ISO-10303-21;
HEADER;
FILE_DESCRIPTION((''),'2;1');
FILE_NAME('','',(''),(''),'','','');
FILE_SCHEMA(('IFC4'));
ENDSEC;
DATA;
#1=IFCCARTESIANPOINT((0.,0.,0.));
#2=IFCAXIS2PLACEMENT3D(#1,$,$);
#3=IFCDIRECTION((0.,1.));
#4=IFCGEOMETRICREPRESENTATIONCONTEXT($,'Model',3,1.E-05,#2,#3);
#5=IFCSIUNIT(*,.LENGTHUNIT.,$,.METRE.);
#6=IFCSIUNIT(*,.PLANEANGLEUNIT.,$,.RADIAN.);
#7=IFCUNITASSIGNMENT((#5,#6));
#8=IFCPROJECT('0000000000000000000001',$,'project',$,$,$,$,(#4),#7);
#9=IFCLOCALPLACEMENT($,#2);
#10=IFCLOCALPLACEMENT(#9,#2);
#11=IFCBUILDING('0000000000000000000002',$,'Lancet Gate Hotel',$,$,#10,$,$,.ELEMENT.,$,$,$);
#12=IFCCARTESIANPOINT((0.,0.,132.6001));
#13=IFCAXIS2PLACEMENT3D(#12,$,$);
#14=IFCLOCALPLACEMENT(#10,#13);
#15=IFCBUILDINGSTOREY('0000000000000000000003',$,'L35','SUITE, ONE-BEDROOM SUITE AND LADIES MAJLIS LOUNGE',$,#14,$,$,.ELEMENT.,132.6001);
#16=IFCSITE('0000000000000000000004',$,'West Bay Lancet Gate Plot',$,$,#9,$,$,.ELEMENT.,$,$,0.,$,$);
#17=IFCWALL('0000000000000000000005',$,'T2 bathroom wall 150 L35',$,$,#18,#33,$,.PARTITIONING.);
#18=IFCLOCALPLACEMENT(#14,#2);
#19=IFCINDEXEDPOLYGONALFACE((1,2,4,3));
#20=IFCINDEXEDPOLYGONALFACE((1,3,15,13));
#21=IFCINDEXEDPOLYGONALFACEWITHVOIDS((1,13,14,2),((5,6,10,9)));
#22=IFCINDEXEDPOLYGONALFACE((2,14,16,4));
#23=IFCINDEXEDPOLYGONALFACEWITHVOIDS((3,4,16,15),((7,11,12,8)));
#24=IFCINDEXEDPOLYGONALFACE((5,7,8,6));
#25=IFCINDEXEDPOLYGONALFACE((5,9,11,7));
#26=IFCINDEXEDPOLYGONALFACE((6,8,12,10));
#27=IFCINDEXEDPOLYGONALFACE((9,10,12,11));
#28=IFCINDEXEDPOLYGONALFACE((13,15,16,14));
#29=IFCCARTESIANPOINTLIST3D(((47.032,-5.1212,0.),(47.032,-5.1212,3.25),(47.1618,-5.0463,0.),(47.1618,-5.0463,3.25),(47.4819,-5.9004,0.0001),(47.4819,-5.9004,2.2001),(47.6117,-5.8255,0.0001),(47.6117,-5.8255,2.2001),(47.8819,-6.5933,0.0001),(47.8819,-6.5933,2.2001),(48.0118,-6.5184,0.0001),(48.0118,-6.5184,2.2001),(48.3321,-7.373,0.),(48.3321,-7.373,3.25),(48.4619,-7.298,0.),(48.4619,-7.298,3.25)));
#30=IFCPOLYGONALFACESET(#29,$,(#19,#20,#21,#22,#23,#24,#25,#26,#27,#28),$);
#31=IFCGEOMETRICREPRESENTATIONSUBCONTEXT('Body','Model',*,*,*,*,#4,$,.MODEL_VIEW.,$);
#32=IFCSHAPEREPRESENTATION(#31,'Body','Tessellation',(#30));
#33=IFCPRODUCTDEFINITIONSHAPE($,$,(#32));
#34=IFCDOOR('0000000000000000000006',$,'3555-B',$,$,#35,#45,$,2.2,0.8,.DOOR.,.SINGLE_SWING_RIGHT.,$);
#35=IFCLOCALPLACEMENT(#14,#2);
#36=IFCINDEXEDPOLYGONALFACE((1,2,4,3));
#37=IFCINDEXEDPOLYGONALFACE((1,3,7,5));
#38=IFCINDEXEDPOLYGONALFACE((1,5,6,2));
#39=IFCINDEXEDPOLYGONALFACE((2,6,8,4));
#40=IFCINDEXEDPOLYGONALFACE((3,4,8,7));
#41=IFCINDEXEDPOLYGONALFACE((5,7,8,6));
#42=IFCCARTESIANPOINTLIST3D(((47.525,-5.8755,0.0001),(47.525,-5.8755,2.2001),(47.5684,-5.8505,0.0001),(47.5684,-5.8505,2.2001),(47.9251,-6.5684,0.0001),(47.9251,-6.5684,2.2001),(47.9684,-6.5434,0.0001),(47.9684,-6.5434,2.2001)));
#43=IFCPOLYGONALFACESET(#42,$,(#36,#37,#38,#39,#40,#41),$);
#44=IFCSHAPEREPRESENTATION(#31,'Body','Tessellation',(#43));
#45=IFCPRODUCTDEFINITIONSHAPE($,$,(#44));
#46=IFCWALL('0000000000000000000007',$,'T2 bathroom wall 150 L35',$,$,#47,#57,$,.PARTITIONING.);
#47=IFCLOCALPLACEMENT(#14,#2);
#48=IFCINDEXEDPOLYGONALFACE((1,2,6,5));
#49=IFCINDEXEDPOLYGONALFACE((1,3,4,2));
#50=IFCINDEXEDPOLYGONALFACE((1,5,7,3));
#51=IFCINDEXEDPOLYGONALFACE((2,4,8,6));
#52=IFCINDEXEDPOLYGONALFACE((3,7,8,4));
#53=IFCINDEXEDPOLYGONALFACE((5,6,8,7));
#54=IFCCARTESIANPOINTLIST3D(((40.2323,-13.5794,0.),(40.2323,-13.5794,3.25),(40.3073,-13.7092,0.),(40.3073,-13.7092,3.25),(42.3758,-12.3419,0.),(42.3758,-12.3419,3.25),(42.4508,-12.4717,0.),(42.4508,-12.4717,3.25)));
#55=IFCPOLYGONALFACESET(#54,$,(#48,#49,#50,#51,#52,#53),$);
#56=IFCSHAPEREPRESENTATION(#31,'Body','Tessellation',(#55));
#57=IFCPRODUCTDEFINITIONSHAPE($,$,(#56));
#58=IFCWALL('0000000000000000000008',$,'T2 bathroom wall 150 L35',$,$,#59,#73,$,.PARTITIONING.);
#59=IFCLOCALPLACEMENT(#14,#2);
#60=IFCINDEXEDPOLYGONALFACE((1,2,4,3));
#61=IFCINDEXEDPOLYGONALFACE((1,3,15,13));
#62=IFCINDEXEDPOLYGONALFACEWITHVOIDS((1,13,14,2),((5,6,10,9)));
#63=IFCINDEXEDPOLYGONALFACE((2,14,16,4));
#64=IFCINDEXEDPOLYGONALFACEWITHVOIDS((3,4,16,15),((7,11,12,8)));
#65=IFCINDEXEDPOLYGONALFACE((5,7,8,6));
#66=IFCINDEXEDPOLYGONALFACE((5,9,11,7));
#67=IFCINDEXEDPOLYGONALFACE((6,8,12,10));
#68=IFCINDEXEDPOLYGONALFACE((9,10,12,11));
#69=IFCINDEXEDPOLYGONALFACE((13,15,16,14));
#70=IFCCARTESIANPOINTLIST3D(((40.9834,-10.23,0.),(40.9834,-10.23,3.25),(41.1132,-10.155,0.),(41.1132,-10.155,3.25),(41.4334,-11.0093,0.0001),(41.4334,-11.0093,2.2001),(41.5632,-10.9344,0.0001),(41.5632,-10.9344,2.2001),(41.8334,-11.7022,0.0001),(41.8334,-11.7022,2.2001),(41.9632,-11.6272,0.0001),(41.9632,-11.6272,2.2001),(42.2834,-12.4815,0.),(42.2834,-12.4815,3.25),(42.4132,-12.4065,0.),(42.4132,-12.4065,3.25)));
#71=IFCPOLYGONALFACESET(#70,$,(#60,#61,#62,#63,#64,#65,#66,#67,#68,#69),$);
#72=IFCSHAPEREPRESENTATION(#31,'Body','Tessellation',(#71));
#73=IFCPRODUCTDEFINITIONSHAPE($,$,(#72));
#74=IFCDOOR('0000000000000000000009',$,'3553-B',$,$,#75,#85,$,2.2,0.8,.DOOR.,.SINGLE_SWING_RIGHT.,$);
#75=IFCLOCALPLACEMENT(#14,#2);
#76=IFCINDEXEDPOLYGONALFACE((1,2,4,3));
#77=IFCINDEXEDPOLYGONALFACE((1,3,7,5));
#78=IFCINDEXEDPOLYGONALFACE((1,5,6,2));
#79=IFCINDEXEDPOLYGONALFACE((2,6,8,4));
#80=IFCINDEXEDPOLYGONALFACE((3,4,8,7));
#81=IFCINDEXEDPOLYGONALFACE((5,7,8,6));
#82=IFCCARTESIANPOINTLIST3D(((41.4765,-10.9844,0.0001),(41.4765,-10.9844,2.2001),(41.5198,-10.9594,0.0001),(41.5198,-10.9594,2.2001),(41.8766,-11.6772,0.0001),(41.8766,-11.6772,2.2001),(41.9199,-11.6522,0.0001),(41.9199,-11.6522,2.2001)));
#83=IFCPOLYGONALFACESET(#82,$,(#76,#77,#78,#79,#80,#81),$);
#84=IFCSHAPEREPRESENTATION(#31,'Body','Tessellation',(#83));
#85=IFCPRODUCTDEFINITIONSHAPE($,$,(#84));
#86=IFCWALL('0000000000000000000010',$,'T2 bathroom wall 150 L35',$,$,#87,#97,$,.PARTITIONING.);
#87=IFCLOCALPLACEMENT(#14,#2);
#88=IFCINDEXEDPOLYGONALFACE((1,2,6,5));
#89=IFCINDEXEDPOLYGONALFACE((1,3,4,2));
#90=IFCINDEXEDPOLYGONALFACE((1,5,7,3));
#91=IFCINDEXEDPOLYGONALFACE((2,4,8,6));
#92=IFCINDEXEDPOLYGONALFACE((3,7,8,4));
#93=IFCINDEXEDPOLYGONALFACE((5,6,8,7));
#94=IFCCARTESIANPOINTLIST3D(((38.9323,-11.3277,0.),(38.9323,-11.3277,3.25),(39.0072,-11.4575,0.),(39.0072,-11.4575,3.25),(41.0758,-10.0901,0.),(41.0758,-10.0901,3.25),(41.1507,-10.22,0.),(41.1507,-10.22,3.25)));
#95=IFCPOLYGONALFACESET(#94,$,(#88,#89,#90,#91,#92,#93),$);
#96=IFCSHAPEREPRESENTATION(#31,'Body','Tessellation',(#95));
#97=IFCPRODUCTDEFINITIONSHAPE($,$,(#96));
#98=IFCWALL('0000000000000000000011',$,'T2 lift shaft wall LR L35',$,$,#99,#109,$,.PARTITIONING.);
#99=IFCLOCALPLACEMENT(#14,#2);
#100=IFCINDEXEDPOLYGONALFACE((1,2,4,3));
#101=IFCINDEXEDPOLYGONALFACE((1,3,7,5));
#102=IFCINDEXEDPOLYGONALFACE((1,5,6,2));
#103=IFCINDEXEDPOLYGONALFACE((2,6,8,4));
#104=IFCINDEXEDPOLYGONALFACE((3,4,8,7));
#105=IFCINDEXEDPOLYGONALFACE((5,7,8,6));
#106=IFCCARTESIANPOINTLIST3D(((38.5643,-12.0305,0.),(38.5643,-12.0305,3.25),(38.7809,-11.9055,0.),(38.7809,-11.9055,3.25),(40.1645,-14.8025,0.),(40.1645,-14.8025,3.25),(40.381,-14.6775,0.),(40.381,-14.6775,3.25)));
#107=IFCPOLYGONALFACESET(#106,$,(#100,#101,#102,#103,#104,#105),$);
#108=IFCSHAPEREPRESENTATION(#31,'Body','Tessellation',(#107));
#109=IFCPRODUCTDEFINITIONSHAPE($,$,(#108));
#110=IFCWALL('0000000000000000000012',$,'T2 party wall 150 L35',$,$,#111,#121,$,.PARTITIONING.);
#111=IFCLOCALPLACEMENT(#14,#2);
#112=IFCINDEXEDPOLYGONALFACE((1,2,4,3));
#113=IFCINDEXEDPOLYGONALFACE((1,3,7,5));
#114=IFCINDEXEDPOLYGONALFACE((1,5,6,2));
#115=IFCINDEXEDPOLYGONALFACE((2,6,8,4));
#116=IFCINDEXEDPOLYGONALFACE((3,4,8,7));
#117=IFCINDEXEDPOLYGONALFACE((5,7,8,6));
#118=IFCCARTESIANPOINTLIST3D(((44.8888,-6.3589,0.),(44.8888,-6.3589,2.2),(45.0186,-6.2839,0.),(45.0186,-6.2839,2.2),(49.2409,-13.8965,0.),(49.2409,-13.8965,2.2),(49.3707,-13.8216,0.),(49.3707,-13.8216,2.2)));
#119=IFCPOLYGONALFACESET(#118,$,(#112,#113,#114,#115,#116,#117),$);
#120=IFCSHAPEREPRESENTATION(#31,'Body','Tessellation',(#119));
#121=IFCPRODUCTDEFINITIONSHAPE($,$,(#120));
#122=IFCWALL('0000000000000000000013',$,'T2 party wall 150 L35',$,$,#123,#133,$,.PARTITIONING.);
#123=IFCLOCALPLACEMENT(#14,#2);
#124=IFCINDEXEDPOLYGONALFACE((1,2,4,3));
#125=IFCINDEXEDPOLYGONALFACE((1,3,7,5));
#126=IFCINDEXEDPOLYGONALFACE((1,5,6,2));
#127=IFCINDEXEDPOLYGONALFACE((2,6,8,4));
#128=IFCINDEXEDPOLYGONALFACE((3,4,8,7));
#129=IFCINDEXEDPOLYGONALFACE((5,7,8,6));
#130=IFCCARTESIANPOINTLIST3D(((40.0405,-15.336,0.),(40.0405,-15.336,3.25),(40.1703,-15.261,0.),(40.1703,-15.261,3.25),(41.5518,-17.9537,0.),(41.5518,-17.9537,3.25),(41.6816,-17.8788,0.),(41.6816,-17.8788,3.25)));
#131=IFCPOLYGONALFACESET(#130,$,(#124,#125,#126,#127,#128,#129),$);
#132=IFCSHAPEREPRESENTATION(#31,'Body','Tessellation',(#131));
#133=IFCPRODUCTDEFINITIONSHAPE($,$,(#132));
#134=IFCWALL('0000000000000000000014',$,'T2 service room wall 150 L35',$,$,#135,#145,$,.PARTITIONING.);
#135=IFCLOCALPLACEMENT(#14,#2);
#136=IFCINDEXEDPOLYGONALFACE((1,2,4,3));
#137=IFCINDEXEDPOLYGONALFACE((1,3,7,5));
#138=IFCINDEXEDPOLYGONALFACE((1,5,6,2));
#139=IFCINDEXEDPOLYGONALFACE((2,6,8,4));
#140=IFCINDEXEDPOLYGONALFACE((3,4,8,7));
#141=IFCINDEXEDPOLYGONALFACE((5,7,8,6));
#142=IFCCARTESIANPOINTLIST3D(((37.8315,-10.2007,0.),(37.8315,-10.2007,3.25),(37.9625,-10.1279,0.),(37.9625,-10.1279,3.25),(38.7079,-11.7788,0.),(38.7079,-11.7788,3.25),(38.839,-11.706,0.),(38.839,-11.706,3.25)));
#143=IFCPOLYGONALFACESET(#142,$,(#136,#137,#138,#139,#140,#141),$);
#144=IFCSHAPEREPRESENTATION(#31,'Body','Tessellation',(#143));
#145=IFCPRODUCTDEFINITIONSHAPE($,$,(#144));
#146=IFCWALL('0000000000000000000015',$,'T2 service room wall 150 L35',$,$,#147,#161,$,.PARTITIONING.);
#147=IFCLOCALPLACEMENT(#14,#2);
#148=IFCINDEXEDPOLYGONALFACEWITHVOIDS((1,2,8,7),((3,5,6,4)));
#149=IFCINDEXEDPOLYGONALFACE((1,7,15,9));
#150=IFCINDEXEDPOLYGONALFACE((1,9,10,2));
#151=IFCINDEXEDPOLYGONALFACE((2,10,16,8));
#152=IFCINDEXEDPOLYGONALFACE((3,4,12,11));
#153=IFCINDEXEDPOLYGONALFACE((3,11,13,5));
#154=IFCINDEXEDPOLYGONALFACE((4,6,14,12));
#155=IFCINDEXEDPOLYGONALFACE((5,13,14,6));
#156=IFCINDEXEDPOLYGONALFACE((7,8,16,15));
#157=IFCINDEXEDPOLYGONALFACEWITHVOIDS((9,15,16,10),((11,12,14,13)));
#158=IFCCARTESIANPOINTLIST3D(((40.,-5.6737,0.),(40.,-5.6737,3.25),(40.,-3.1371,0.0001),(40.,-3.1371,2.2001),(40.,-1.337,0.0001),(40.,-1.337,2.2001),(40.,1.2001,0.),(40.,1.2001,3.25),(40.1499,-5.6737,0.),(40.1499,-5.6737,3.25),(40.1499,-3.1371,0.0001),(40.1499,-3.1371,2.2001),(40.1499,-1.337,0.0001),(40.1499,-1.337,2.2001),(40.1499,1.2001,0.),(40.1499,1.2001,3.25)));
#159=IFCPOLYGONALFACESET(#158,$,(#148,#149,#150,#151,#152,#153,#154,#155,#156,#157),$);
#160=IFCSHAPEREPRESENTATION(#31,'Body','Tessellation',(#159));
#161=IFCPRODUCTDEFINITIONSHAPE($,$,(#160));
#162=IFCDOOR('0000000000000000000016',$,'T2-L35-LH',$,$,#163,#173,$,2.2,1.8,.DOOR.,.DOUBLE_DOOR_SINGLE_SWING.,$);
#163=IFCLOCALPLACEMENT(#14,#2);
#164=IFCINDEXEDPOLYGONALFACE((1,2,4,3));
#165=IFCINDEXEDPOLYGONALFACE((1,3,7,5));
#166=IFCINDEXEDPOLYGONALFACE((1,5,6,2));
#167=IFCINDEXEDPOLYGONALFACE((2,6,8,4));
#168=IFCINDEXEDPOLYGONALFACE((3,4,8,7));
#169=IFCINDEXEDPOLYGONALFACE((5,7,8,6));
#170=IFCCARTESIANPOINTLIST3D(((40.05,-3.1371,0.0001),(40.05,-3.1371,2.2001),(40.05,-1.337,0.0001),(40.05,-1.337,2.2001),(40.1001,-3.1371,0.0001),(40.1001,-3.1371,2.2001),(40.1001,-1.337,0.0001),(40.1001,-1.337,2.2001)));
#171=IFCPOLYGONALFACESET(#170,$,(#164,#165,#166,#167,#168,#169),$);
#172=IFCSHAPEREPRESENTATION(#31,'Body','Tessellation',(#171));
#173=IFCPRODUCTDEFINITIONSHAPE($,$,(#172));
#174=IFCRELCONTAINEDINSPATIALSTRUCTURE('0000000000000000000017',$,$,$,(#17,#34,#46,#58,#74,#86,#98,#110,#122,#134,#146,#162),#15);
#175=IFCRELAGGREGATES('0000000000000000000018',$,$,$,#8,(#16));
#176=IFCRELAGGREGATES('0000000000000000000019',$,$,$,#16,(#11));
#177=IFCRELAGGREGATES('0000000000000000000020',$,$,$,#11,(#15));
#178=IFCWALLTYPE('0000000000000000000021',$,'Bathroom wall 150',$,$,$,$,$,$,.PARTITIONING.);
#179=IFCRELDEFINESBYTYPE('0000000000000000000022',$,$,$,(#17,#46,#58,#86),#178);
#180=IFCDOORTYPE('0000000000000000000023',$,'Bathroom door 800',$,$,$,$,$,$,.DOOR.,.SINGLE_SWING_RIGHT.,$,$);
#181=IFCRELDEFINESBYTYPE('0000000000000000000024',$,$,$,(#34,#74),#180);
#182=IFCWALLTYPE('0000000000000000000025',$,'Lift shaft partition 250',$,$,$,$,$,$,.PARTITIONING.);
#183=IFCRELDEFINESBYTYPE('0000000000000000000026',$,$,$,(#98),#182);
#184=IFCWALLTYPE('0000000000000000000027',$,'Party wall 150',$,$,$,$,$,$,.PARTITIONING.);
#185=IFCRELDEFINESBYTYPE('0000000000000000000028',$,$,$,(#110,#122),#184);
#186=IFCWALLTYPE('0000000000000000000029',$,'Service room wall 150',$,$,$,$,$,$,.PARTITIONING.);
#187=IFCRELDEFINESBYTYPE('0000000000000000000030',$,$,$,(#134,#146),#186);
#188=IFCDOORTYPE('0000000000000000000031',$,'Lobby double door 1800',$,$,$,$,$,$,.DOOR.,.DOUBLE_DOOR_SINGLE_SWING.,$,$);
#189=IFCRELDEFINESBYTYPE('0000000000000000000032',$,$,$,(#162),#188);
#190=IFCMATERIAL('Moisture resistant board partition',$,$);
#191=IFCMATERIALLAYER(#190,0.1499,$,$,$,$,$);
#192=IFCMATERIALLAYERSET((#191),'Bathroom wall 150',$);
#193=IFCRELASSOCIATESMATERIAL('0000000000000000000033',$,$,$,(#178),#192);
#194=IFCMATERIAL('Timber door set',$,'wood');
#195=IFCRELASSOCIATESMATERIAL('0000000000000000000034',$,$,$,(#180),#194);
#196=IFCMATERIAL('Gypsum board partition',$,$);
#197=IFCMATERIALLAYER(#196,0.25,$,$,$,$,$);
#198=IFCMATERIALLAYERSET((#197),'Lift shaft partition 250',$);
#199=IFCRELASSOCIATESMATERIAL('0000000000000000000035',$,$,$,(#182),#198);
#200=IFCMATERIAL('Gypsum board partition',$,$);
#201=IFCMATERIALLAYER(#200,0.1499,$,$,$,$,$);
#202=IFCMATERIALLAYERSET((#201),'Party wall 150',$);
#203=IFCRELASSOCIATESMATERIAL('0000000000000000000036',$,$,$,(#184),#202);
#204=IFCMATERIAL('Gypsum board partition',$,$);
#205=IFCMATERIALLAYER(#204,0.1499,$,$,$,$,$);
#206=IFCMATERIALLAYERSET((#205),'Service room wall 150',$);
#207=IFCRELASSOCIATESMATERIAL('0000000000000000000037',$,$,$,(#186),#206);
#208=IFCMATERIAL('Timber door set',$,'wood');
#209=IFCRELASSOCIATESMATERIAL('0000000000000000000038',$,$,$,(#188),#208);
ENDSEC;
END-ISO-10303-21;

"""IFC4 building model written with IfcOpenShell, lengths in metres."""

from ifc_helpers import new_model, si_unit, direction, frame, frame_2d, origin, place, context, subcontext, project, spatial, rectangle, extrude, material, layer, layer_set, type_object, element, fill, save


model = new_model("IFC4")

# Units and contexts
model_context = context("Model", 3, precision=1e-05, world=origin(), true_north=direction((0.0, 1.0)))
body_context = subcontext(model_context, "Body", "Model", "MODEL_VIEW")
ifc_project = project(units=[si_unit("LENGTHUNIT", "METRE"), si_unit("PLANEANGLEUNIT", "RADIAN")], contexts=[model_context])

# Site, building, storey
site_placement = place(None, origin())
site = spatial("IfcSite", under=ifc_project, at=site_placement, Name="West Bay Lancet Gate Plot", CompositionType="ELEMENT", RefElevation=0.0)
building_placement = place(site_placement, origin())
building = spatial("IfcBuilding", under=site, at=building_placement, Name="Lancet Gate Hotel", CompositionType="ELEMENT")
storey_placement = place(building_placement, frame((0.0, 0.0, 132.6001)))
storey = spatial("IfcBuildingStorey", under=building, at=storey_placement, Name="L35", Description="SUITE, ONE-BEDROOM SUITE AND LADIES MAJLIS LOUNGE", CompositionType="ELEMENT", Elevation=132.6001)

# Shared definitions
ifc_material_1 = material(Name="Moisture resistant board partition")
ifc_layer_1 = layer(ifc_material_1, 0.1499)
ifc_layer_set_1 = layer_set([ifc_layer_1], Name="Bathroom wall 150")
wall_type_1 = type_object("IfcWallType", Name="Bathroom wall 150", PredefinedType="PARTITIONING", material=ifc_layer_set_1)

# Wall, opening, door
wall_1_placement = place(storey_placement, frame((47.0969, -5.0837, 0.0), z_axis=(0.0, 0.0, 1.0), x_axis=(0.500007, -0.866021, 0.0)))
wall_1 = element("IfcWall", 1, at=wall_1_placement, inside=storey, type_object=wall_type_1, Name="T2 bathroom wall 150 L35", PredefinedType="PARTITIONING", context=body_context, shape_type="SweptSolid", body=[
    extrude(rectangle(XDim=2.6001, YDim=0.1499, at=frame_2d((1.3, 0.0))), origin(), (0.0, 0.0, 1.0), 3.25),
])
opening_1_placement = place(wall_1_placement, frame((0.8999, 0.0, 0.0)))
opening_1 = element("IfcOpeningElement", 2, at=opening_1_placement, cuts=wall_1, PredefinedType="OPENING", context=body_context, shape_type="SweptSolid", body=[
    extrude(rectangle(XDim=0.8, YDim=2.2, at=frame_2d((0.3999, 1.1001))), frame((0.0, 0.085, 0.0), z_axis=(0.0, -1.0, 0.0), x_axis=(1.0, 0.0, 0.0)), (0.0, 0.0, 1.0), 0.1699),
])
ifc_material_2 = material(Name="Timber door set", Category="wood")
door_type_1 = type_object("IfcDoorType", Name="Bathroom door 800", OperationType="SINGLE_SWING_RIGHT", PredefinedType="DOOR", material=ifc_material_2)
door_1_placement = place(opening_1_placement, origin())
door_1 = element("IfcDoor", 3, at=door_1_placement, inside=storey, type_object=door_type_1, Name="3555-B", OperationType="SINGLE_SWING_RIGHT", OverallHeight=2.2, OverallWidth=0.8, PredefinedType="DOOR", context=body_context, shape_type="SweptSolid", body=[
    extrude(rectangle(XDim=0.8, YDim=2.2, at=frame_2d((0.3999, 1.1001))), frame((0.0, 0.0249, 0.0), z_axis=(0.0, -1.0, 0.0), x_axis=(1.0, 0.0, 0.0)), (0.0, 0.0, 1.0), 0.05),
])
fill(opening_1, door_1)

# Wall
wall_2_placement = place(storey_placement, frame((40.2698, -13.6443, 0.0), z_axis=(0.0, 0.0, 1.0), x_axis=(0.866031, 0.49999, 0.0)))
element("IfcWall", 4, at=wall_2_placement, inside=storey, type_object=wall_type_1, Name="T2 bathroom wall 150 L35", PredefinedType="PARTITIONING", context=body_context, shape_type="SweptSolid", body=[
    extrude(rectangle(XDim=2.4751, YDim=0.1499, at=frame_2d((1.2375, 0.0))), origin(), (0.0, 0.0, 1.0), 3.25),
])

# Wall, opening, door
wall_3_placement = place(storey_placement, frame((41.0483, -10.1926, 0.0), z_axis=(0.0, 0.0, 1.0), x_axis=(0.500048, -0.865998, 0.0)))
wall_3 = element("IfcWall", 5, at=wall_3_placement, inside=storey, type_object=wall_type_1, Name="T2 bathroom wall 150 L35", PredefinedType="PARTITIONING", context=body_context, shape_type="SweptSolid", body=[
    extrude(rectangle(XDim=2.5999, YDim=0.1499, at=frame_2d((1.2998, 0.0))), origin(), (0.0, 0.0, 1.0), 3.25),
])
opening_2_placement = place(wall_3_placement, frame((0.8999, 0.0, 0.0)))
opening_2 = element("IfcOpeningElement", 6, at=opening_2_placement, cuts=wall_3, PredefinedType="OPENING", context=body_context, shape_type="SweptSolid", body=[
    extrude(rectangle(XDim=0.8, YDim=2.2, at=frame_2d((0.3999, 1.1001))), frame((0.0, 0.085, 0.0), z_axis=(0.0, -1.0, 0.0), x_axis=(1.0, 0.0, 0.0)), (0.0, 0.0, 1.0), 0.1699),
])
door_2_placement = place(opening_2_placement, origin())
door_2 = element("IfcDoor", 7, at=door_2_placement, inside=storey, type_object=door_type_1, Name="3553-B", OperationType="SINGLE_SWING_RIGHT", OverallHeight=2.2, OverallWidth=0.8, PredefinedType="DOOR", context=body_context, shape_type="SweptSolid", body=[
    extrude(rectangle(XDim=0.8, YDim=2.2, at=frame_2d((0.3999, 1.1001))), frame((0.0, 0.0249, 0.0), z_axis=(0.0, -1.0, 0.0), x_axis=(1.0, 0.0, 0.0)), (0.0, 0.0, 1.0), 0.05),
])
fill(opening_2, door_2)

# Walls
wall_4_placement = place(storey_placement, frame((38.9697, -11.3926, 0.0), z_axis=(0.0, 0.0, 1.0), x_axis=(0.866031, 0.49999, 0.0)))
element("IfcWall", 8, at=wall_4_placement, inside=storey, type_object=wall_type_1, Name="T2 bathroom wall 150 L35", PredefinedType="PARTITIONING", context=body_context, shape_type="SweptSolid", body=[
    extrude(rectangle(XDim=2.4751, YDim=0.1499, at=frame_2d((1.2375, 0.0))), origin(), (0.0, 0.0, 1.0), 3.25),
])
ifc_material_3 = material(Name="Gypsum board partition")
ifc_layer_2 = layer(ifc_material_3, 0.25)
ifc_layer_set_2 = layer_set([ifc_layer_2], Name="Lift shaft partition 250")
wall_type_2 = type_object("IfcWallType", Name="Lift shaft partition 250", PredefinedType="PARTITIONING", material=ifc_layer_set_2)
wall_5_placement = place(storey_placement, frame((38.6726, -11.968, 0.0), z_axis=(0.0, 0.0, 1.0), x_axis=(0.499929, -0.866066, 0.0)))
element("IfcWall", 9, at=wall_5_placement, inside=storey, type_object=wall_type_2, Name="T2 lift shaft wall LR L35", PredefinedType="PARTITIONING", context=body_context, shape_type="SweptSolid", body=[
    extrude(rectangle(XDim=3.2007, YDim=0.25, at=frame_2d((1.6003, 0.0))), origin(), (0.0, 0.0, 1.0), 3.25),
])
ifc_material_4 = material(Name="Gypsum board partition")
ifc_layer_3 = layer(ifc_material_4, 0.1499)
ifc_layer_set_3 = layer_set([ifc_layer_3], Name="Party wall 150")
wall_type_3 = type_object("IfcWallType", Name="Party wall 150", PredefinedType="PARTITIONING", material=ifc_layer_set_3)
wall_6_placement = place(storey_placement, frame((44.9536, -6.3213, 0.0), z_axis=(0.0, 0.0, 1.0), x_axis=(0.500019, -0.866015, 0.0)))
element("IfcWall", 10, at=wall_6_placement, inside=storey, type_object=wall_type_3, Name="T2 party wall 150 L35", PredefinedType="PARTITIONING", context=body_context, shape_type="SweptSolid", body=[
    extrude(rectangle(XDim=8.7039, YDim=0.1499, at=frame_2d((4.3521, 0.0))), origin(), (0.0, 0.0, 1.0), 2.2),
])
wall_7_placement = place(storey_placement, frame((40.1055, -15.2986, 0.0), z_axis=(0.0, 0.0, 1.0), x_axis=(0.499979, -0.866038, 0.0)))
element("IfcWall", 11, at=wall_7_placement, inside=storey, type_object=wall_type_3, Name="T2 party wall 150 L35", PredefinedType="PARTITIONING", context=body_context, shape_type="SweptSolid", body=[
    extrude(rectangle(XDim=3.0227, YDim=0.1499, at=frame_2d((1.5112, 0.0))), origin(), (0.0, 0.0, 1.0), 3.25),
])
ifc_material_5 = material(Name="Gypsum board partition")
ifc_layer_4 = layer(ifc_material_5, 0.1499)
ifc_layer_set_4 = layer_set([ifc_layer_4], Name="Service room wall 150")
wall_type_4 = type_object("IfcWallType", Name="Service room wall 150", PredefinedType="PARTITIONING", material=ifc_layer_set_4)
wall_8_placement = place(storey_placement, frame((38.7734, -11.7424, 0.0), z_axis=(0.0, 0.0, 1.0), x_axis=(-0.485528, 0.874221, 0.0)))
element("IfcWall", 12, at=wall_8_placement, inside=storey, type_object=wall_type_4, Name="T2 service room wall 150 L35", PredefinedType="PARTITIONING", context=body_context, shape_type="SweptSolid", body=[
    extrude(rectangle(XDim=1.8052, YDim=0.1499, at=frame_2d((0.9026, 0.0))), origin(), (0.0, 0.0, 1.0), 3.25),
])

# Wall, opening, door
wall_9_placement = place(storey_placement, frame((40.075, -5.6738, 0.0), z_axis=(0.0, 0.0, 1.0), x_axis=(0.0, 1.0, 0.0)))
wall_9 = element("IfcWall", 13, at=wall_9_placement, inside=storey, type_object=wall_type_4, Name="T2 service room wall 150 L35", PredefinedType="PARTITIONING", context=body_context, shape_type="SweptSolid", body=[
    extrude(rectangle(XDim=6.8738, YDim=0.1499, at=frame_2d((3.437, 0.0))), origin(), (0.0, 0.0, 1.0), 3.25),
])
opening_3_placement = place(wall_9_placement, frame((2.5369, 0.0, 0.0)))
opening_3 = element("IfcOpeningElement", 14, at=opening_3_placement, cuts=wall_9, PredefinedType="OPENING", context=body_context, shape_type="SweptSolid", body=[
    extrude(rectangle(XDim=1.8, YDim=2.2, at=frame_2d((0.8999, 1.1001))), frame((0.0, 0.085, 0.0), z_axis=(0.0, -1.0, 0.0), x_axis=(1.0, 0.0, 0.0)), (0.0, 0.0, 1.0), 0.1699),
])
ifc_material_6 = material(Name="Timber door set", Category="wood")
door_type_2 = type_object("IfcDoorType", Name="Lobby double door 1800", OperationType="DOUBLE_DOOR_SINGLE_SWING", PredefinedType="DOOR", material=ifc_material_6)
door_3_placement = place(opening_3_placement, origin())
door_3 = element("IfcDoor", 15, at=door_3_placement, inside=storey, type_object=door_type_2, Name="T2-L35-LH", OperationType="DOUBLE_DOOR_SINGLE_SWING", OverallHeight=2.2, OverallWidth=1.8, PredefinedType="DOOR", context=body_context, shape_type="SweptSolid", body=[
    extrude(rectangle(XDim=1.8, YDim=2.2, at=frame_2d((0.8999, 1.1001))), frame((0.0, 0.0249, 0.0), z_axis=(0.0, -1.0, 0.0), x_axis=(1.0, 0.0, 0.0)), (0.0, 0.0, 1.0), 0.05),
])
fill(opening_3, door_3)

save(model, "model.ifc")
